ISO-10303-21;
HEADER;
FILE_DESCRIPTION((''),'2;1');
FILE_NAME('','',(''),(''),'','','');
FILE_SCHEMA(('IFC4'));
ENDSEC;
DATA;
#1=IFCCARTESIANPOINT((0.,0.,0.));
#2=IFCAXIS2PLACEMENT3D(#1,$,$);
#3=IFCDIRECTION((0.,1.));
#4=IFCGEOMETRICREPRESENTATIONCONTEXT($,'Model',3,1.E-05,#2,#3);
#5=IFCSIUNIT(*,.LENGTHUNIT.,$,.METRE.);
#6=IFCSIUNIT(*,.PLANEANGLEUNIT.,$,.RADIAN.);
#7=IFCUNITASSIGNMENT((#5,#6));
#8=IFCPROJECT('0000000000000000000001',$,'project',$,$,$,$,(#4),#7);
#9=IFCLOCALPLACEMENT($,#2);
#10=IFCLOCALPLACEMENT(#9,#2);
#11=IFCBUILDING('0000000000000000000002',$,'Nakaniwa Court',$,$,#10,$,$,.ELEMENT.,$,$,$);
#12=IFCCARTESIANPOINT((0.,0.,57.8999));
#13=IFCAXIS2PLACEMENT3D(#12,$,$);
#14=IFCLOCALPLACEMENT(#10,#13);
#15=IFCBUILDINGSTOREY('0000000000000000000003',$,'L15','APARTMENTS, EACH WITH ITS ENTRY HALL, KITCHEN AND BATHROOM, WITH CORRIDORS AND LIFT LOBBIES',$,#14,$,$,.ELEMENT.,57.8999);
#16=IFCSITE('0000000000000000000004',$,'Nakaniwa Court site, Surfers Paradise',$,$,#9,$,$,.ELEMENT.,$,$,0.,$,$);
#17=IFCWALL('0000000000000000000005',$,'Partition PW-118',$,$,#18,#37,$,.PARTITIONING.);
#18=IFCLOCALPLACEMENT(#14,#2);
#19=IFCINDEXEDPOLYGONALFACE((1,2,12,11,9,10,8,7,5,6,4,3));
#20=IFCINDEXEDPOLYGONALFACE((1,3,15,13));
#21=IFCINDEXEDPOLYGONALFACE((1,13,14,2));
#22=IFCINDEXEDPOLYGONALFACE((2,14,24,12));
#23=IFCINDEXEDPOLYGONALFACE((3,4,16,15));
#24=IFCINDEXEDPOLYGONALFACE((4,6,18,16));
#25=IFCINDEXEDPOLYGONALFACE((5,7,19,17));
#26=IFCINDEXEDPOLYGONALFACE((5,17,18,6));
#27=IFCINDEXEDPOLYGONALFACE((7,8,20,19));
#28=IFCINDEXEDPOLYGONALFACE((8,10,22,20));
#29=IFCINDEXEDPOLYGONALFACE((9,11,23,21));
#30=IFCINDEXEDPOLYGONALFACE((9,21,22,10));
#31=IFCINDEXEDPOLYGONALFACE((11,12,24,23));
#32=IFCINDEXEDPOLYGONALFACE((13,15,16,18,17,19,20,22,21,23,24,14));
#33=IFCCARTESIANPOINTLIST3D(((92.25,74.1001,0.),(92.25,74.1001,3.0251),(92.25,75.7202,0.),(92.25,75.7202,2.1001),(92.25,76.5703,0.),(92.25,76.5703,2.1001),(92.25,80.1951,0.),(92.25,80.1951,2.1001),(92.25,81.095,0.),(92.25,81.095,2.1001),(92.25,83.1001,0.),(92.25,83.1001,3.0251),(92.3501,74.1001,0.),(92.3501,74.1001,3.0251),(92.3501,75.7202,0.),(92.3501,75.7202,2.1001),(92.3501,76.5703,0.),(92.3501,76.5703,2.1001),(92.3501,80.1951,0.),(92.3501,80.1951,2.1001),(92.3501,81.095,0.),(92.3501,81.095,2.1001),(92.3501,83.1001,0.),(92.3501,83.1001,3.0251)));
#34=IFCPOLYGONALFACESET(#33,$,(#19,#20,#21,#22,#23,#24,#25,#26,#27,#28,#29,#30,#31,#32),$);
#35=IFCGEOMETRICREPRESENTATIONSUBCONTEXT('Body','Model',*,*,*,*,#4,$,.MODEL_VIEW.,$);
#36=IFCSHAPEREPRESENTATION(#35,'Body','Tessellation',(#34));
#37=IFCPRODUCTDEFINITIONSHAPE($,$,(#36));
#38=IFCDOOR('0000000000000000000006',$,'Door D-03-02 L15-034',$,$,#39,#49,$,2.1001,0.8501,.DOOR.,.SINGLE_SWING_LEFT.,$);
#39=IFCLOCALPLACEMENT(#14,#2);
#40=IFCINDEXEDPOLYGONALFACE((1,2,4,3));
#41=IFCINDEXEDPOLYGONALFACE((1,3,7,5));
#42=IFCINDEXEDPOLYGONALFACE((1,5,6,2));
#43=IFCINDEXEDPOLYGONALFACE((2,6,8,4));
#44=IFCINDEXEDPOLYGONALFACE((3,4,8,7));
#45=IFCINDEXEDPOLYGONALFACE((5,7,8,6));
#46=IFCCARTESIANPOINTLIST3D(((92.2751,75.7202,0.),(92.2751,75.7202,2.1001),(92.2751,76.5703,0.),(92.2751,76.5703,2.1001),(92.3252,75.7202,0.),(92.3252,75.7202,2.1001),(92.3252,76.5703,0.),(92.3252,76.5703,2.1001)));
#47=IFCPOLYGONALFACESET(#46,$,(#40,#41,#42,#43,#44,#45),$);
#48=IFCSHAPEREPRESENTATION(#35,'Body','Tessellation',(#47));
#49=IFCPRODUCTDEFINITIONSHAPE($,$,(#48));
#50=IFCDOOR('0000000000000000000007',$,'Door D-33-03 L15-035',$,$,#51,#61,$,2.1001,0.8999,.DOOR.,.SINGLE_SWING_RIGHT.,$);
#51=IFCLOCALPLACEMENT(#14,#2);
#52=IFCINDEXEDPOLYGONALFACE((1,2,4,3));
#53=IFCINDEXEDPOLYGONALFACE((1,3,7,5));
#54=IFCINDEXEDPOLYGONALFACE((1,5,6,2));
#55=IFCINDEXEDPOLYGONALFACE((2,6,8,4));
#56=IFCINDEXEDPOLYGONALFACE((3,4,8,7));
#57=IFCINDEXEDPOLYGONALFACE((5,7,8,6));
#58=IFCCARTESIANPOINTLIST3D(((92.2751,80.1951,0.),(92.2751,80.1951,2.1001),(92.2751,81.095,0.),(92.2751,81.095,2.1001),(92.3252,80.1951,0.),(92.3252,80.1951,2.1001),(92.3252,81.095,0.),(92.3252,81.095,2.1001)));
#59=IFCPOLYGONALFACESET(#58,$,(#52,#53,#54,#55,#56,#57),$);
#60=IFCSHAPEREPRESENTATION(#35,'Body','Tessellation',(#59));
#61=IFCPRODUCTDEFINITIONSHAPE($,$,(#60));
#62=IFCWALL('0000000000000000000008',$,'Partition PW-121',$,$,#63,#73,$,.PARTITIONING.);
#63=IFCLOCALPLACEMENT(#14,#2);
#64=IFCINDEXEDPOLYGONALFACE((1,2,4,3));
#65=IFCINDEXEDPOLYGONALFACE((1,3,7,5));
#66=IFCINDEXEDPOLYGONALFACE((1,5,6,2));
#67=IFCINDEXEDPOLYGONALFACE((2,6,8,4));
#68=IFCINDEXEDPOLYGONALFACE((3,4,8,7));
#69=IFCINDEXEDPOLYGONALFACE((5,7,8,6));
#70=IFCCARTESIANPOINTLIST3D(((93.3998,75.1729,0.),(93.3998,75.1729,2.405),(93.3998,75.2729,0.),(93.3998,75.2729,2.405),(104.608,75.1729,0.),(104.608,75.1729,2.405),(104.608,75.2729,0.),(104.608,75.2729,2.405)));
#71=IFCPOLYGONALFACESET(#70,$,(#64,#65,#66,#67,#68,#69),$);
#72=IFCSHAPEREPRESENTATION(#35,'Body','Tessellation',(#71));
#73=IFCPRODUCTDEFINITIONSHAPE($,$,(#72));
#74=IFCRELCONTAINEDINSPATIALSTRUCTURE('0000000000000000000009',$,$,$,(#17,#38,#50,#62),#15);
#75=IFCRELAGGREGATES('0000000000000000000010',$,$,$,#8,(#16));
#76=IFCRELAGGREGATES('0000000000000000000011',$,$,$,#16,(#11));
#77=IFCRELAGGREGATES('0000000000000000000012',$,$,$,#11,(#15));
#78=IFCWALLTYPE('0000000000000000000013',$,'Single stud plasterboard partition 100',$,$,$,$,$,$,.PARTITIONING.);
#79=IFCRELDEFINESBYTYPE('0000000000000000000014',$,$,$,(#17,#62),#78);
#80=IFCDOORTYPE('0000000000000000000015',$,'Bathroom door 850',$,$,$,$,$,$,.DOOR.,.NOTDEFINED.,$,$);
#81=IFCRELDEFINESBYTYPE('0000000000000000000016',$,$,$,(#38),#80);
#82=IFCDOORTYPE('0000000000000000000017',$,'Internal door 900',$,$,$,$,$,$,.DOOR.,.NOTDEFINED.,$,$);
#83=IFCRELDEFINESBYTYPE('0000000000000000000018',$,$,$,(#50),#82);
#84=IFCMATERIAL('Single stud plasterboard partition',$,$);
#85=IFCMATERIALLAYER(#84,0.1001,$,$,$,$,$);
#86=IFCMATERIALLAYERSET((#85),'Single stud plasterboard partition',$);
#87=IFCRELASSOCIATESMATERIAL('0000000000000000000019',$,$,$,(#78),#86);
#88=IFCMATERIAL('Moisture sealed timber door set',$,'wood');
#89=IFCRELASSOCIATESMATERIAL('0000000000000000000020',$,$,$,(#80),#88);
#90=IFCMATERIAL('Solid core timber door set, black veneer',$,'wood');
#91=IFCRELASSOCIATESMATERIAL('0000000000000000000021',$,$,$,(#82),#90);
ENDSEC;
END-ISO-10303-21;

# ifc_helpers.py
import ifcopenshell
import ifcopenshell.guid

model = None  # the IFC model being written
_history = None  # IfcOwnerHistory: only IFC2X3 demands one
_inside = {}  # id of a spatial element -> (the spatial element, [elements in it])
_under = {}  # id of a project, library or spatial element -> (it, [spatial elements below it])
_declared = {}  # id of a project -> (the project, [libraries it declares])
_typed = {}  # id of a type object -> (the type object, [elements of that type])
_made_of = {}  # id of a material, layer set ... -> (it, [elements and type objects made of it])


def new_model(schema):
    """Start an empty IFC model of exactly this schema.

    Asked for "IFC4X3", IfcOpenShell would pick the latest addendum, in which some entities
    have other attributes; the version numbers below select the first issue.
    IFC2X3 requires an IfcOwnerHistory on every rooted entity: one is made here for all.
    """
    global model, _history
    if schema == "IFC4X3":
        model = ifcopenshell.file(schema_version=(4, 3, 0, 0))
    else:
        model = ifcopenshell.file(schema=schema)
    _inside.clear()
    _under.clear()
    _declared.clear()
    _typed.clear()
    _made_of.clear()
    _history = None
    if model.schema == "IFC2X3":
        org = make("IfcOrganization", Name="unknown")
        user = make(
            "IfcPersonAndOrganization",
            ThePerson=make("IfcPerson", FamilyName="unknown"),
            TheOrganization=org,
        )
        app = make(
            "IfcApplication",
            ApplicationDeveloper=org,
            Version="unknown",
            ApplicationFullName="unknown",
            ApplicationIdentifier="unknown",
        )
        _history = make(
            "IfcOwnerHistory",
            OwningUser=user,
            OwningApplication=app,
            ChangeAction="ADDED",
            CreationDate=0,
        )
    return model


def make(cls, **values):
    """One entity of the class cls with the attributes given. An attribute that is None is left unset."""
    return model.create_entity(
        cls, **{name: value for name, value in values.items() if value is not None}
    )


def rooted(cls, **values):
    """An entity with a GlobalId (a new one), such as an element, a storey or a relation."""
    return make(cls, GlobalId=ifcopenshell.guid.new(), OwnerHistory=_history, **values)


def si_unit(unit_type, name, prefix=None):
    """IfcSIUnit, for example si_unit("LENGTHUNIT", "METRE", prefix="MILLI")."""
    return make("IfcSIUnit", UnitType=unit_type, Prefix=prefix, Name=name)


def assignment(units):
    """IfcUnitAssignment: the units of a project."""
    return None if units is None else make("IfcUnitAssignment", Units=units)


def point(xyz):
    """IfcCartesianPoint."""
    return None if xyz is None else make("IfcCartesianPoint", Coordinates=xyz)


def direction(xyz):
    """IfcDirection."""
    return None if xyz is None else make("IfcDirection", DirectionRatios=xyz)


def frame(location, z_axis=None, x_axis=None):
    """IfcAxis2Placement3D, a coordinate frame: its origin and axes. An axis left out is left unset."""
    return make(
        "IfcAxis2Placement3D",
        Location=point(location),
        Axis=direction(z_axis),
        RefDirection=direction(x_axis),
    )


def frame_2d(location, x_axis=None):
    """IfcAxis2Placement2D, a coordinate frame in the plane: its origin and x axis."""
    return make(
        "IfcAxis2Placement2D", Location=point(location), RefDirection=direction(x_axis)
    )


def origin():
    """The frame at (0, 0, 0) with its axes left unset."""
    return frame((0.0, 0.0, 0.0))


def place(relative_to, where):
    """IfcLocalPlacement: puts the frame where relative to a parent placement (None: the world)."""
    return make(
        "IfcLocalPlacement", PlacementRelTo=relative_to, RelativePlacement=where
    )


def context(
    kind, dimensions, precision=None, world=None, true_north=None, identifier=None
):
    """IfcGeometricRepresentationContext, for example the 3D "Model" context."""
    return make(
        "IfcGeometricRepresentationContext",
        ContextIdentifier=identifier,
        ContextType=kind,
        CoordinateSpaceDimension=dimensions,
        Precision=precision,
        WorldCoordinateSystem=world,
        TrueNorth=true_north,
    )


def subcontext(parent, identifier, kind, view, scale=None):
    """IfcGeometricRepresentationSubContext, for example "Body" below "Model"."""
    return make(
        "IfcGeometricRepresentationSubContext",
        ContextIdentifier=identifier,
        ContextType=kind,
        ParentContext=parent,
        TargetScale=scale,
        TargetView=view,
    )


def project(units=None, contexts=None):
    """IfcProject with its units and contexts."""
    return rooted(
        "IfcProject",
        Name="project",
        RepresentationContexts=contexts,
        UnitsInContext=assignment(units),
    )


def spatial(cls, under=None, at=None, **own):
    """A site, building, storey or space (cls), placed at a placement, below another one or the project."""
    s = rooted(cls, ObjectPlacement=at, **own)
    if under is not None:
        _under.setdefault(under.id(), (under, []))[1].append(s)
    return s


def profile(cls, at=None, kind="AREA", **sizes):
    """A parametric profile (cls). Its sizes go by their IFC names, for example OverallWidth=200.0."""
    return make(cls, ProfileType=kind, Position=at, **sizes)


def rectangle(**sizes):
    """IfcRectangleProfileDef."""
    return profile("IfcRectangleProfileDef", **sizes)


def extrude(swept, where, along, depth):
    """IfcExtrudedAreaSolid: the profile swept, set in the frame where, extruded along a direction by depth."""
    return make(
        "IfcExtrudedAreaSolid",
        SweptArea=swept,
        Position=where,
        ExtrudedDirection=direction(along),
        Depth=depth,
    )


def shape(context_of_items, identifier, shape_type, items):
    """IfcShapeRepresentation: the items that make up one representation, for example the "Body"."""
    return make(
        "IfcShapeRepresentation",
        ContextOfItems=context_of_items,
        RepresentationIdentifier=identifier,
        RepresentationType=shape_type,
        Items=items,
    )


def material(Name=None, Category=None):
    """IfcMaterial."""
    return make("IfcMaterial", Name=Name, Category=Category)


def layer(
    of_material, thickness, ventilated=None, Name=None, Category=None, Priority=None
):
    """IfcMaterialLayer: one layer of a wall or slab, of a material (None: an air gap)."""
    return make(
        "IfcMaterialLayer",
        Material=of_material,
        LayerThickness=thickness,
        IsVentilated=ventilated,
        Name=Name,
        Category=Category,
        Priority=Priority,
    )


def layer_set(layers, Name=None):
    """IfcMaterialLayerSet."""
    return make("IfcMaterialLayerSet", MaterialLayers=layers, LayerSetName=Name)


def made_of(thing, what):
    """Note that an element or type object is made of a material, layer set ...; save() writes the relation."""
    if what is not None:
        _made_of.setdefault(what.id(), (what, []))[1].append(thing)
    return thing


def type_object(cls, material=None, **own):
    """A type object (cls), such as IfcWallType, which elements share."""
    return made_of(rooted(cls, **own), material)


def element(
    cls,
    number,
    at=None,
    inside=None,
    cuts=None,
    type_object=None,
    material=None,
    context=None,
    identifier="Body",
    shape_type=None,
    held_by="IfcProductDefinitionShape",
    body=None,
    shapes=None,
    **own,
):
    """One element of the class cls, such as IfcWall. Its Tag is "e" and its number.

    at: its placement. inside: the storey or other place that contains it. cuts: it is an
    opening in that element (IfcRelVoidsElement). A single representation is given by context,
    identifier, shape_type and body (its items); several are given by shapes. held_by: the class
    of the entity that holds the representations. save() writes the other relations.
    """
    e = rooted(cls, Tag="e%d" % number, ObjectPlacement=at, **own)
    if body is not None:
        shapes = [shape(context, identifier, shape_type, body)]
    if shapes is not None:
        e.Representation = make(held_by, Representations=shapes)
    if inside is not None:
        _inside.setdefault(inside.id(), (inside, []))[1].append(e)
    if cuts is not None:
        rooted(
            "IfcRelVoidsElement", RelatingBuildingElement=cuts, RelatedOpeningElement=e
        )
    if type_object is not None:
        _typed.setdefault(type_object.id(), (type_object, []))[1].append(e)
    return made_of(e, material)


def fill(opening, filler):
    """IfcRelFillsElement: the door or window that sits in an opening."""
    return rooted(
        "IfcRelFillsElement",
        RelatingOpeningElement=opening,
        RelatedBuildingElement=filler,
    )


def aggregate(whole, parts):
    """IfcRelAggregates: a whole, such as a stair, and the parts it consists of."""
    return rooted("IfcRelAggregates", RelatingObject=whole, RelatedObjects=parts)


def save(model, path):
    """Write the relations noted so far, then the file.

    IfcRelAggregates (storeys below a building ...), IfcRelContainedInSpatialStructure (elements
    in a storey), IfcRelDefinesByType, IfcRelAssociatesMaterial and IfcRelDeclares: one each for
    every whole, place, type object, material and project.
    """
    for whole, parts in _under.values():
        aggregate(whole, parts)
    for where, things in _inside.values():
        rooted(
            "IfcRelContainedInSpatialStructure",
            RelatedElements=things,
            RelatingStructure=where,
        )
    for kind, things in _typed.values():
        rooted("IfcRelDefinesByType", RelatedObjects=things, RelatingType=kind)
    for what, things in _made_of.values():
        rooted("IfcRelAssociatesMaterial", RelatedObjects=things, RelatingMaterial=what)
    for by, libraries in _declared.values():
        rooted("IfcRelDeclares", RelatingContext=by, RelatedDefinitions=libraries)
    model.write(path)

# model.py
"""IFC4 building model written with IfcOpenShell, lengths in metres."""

from ifc_helpers import new_model, si_unit, direction, frame, frame_2d, origin, place, context, subcontext, project, spatial, rectangle, extrude, material, layer, layer_set, type_object, element, fill, save


model = new_model("IFC4")

# Units and contexts
model_context = context("Model", 3, precision=1e-05, world=origin(), true_north=direction((0.0, 1.0)))
body_context = subcontext(model_context, "Body", "Model", "MODEL_VIEW")
ifc_project = project(units=[si_unit("LENGTHUNIT", "METRE"), si_unit("PLANEANGLEUNIT", "RADIAN")], contexts=[model_context])

# Site, building, storey
site_placement = place(None, origin())
site = spatial("IfcSite", under=ifc_project, at=site_placement, Name="Nakaniwa Court site, Surfers Paradise", CompositionType="ELEMENT", RefElevation=0.0)
building_placement = place(site_placement, origin())
building = spatial("IfcBuilding", under=site, at=building_placement, Name="Nakaniwa Court", CompositionType="ELEMENT")
storey_placement = place(building_placement, frame((0.0, 0.0, 57.8999)))
storey = spatial("IfcBuildingStorey", under=building, at=storey_placement, Name="L15", Description="APARTMENTS, EACH WITH ITS ENTRY HALL, KITCHEN AND BATHROOM, WITH CORRIDORS AND LIFT LOBBIES", CompositionType="ELEMENT", Elevation=57.8999)

# Shared definitions
ifc_material_1 = material(Name="Solid core timber door set, black veneer", Category="wood")

# Shared definitions
ifc_material_2 = material(Name="Single stud plasterboard partition")
ifc_layer_1 = layer(ifc_material_2, 0.1001)
ifc_layer_set_1 = layer_set([ifc_layer_1], Name="Single stud plasterboard partition")
wall_type_1 = type_object("IfcWallType", Name="Single stud plasterboard partition 100", PredefinedType="PARTITIONING", material=ifc_layer_set_1)
ifc_material_3 = material(Name="Moisture sealed timber door set", Category="wood")
door_type_1 = type_object("IfcDoorType", Name="Bathroom door 850", OperationType="NOTDEFINED", PredefinedType="DOOR", material=ifc_material_3)

# Wall, openings, doors
wall_1_placement = place(storey_placement, frame((92.3, 74.1001, 0.0), z_axis=(0.0, 0.0, 1.0), x_axis=(0.0, 1.0, 0.0)))
wall_1 = element("IfcWall", 1, at=wall_1_placement, inside=storey, type_object=wall_type_1, Name="Partition PW-118", PredefinedType="PARTITIONING", context=body_context, shape_type="SweptSolid", body=[
    extrude(rectangle(XDim=9.0, YDim=0.1001, at=frame_2d((4.5, 0.0))), origin(), (0.0, 0.0, 1.0), 3.0251),
])
opening_1_placement = place(wall_1_placement, frame((1.6201, 0.0, 0.0)))
opening_1 = element("IfcOpeningElement", 2, at=opening_1_placement, cuts=wall_1, PredefinedType="OPENING", context=body_context, shape_type="SweptSolid", body=[
    extrude(rectangle(XDim=0.8501, YDim=2.1001, at=frame_2d((0.425, 1.05))), frame((0.0, 0.0601, 0.0), z_axis=(0.0, -1.0, 0.0), x_axis=(1.0, 0.0, 0.0)), (0.0, 0.0, 1.0), 0.1201),
])
opening_2_placement = place(wall_1_placement, frame((6.095, 0.0, 0.0)))
opening_2 = element("IfcOpeningElement", 3, at=opening_2_placement, cuts=wall_1, PredefinedType="OPENING", context=body_context, shape_type="SweptSolid", body=[
    extrude(rectangle(XDim=0.8999, YDim=2.1001, at=frame_2d((0.45, 1.05))), frame((0.0, 0.0601, 0.0), z_axis=(0.0, -1.0, 0.0), x_axis=(1.0, 0.0, 0.0)), (0.0, 0.0, 1.0), 0.1201),
])
door_1_placement = place(opening_1_placement, origin())
door_1 = element("IfcDoor", 4, at=door_1_placement, inside=storey, type_object=door_type_1, Name="Door D-03-02 L15-034", OperationType="SINGLE_SWING_LEFT", OverallHeight=2.1001, OverallWidth=0.8501, PredefinedType="DOOR", context=body_context, shape_type="SweptSolid", body=[
    extrude(rectangle(XDim=0.8501, YDim=2.1001, at=frame_2d((0.425, 1.05))), frame((0.0, 0.0249, 0.0), z_axis=(0.0, -1.0, 0.0), x_axis=(1.0, 0.0, 0.0)), (0.0, 0.0, 1.0), 0.05),
])
fill(opening_1, door_1)
door_type_2 = type_object("IfcDoorType", Name="Internal door 900", OperationType="NOTDEFINED", PredefinedType="DOOR", material=ifc_material_1)
door_2_placement = place(opening_2_placement, origin())
door_2 = element("IfcDoor", 5, at=door_2_placement, inside=storey, type_object=door_type_2, Name="Door D-33-03 L15-035", OperationType="SINGLE_SWING_RIGHT", OverallHeight=2.1001, OverallWidth=0.8999, PredefinedType="DOOR", context=body_context, shape_type="SweptSolid", body=[
    extrude(rectangle(XDim=0.8999, YDim=2.1001, at=frame_2d((0.45, 1.05))), frame((0.0, 0.0249, 0.0), z_axis=(0.0, -1.0, 0.0), x_axis=(1.0, 0.0, 0.0)), (0.0, 0.0, 1.0), 0.05),
])
fill(opening_2, door_2)

# Wall
wall_2_placement = place(storey_placement, frame((93.3999, 75.2229, 0.0), z_axis=(0.0, 0.0, 1.0), x_axis=(1.0, 0.0, 0.0)))
element("IfcWall", 6, at=wall_2_placement, inside=storey, type_object=wall_type_1, Name="Partition PW-121", PredefinedType="PARTITIONING", context=body_context, shape_type="SweptSolid", body=[
    extrude(rectangle(XDim=11.2083, YDim=0.1001, at=frame_2d((5.604, 0.0))), origin(), (0.0, 0.0, 1.0), 2.405),
])

save(model, "model.ifc")
